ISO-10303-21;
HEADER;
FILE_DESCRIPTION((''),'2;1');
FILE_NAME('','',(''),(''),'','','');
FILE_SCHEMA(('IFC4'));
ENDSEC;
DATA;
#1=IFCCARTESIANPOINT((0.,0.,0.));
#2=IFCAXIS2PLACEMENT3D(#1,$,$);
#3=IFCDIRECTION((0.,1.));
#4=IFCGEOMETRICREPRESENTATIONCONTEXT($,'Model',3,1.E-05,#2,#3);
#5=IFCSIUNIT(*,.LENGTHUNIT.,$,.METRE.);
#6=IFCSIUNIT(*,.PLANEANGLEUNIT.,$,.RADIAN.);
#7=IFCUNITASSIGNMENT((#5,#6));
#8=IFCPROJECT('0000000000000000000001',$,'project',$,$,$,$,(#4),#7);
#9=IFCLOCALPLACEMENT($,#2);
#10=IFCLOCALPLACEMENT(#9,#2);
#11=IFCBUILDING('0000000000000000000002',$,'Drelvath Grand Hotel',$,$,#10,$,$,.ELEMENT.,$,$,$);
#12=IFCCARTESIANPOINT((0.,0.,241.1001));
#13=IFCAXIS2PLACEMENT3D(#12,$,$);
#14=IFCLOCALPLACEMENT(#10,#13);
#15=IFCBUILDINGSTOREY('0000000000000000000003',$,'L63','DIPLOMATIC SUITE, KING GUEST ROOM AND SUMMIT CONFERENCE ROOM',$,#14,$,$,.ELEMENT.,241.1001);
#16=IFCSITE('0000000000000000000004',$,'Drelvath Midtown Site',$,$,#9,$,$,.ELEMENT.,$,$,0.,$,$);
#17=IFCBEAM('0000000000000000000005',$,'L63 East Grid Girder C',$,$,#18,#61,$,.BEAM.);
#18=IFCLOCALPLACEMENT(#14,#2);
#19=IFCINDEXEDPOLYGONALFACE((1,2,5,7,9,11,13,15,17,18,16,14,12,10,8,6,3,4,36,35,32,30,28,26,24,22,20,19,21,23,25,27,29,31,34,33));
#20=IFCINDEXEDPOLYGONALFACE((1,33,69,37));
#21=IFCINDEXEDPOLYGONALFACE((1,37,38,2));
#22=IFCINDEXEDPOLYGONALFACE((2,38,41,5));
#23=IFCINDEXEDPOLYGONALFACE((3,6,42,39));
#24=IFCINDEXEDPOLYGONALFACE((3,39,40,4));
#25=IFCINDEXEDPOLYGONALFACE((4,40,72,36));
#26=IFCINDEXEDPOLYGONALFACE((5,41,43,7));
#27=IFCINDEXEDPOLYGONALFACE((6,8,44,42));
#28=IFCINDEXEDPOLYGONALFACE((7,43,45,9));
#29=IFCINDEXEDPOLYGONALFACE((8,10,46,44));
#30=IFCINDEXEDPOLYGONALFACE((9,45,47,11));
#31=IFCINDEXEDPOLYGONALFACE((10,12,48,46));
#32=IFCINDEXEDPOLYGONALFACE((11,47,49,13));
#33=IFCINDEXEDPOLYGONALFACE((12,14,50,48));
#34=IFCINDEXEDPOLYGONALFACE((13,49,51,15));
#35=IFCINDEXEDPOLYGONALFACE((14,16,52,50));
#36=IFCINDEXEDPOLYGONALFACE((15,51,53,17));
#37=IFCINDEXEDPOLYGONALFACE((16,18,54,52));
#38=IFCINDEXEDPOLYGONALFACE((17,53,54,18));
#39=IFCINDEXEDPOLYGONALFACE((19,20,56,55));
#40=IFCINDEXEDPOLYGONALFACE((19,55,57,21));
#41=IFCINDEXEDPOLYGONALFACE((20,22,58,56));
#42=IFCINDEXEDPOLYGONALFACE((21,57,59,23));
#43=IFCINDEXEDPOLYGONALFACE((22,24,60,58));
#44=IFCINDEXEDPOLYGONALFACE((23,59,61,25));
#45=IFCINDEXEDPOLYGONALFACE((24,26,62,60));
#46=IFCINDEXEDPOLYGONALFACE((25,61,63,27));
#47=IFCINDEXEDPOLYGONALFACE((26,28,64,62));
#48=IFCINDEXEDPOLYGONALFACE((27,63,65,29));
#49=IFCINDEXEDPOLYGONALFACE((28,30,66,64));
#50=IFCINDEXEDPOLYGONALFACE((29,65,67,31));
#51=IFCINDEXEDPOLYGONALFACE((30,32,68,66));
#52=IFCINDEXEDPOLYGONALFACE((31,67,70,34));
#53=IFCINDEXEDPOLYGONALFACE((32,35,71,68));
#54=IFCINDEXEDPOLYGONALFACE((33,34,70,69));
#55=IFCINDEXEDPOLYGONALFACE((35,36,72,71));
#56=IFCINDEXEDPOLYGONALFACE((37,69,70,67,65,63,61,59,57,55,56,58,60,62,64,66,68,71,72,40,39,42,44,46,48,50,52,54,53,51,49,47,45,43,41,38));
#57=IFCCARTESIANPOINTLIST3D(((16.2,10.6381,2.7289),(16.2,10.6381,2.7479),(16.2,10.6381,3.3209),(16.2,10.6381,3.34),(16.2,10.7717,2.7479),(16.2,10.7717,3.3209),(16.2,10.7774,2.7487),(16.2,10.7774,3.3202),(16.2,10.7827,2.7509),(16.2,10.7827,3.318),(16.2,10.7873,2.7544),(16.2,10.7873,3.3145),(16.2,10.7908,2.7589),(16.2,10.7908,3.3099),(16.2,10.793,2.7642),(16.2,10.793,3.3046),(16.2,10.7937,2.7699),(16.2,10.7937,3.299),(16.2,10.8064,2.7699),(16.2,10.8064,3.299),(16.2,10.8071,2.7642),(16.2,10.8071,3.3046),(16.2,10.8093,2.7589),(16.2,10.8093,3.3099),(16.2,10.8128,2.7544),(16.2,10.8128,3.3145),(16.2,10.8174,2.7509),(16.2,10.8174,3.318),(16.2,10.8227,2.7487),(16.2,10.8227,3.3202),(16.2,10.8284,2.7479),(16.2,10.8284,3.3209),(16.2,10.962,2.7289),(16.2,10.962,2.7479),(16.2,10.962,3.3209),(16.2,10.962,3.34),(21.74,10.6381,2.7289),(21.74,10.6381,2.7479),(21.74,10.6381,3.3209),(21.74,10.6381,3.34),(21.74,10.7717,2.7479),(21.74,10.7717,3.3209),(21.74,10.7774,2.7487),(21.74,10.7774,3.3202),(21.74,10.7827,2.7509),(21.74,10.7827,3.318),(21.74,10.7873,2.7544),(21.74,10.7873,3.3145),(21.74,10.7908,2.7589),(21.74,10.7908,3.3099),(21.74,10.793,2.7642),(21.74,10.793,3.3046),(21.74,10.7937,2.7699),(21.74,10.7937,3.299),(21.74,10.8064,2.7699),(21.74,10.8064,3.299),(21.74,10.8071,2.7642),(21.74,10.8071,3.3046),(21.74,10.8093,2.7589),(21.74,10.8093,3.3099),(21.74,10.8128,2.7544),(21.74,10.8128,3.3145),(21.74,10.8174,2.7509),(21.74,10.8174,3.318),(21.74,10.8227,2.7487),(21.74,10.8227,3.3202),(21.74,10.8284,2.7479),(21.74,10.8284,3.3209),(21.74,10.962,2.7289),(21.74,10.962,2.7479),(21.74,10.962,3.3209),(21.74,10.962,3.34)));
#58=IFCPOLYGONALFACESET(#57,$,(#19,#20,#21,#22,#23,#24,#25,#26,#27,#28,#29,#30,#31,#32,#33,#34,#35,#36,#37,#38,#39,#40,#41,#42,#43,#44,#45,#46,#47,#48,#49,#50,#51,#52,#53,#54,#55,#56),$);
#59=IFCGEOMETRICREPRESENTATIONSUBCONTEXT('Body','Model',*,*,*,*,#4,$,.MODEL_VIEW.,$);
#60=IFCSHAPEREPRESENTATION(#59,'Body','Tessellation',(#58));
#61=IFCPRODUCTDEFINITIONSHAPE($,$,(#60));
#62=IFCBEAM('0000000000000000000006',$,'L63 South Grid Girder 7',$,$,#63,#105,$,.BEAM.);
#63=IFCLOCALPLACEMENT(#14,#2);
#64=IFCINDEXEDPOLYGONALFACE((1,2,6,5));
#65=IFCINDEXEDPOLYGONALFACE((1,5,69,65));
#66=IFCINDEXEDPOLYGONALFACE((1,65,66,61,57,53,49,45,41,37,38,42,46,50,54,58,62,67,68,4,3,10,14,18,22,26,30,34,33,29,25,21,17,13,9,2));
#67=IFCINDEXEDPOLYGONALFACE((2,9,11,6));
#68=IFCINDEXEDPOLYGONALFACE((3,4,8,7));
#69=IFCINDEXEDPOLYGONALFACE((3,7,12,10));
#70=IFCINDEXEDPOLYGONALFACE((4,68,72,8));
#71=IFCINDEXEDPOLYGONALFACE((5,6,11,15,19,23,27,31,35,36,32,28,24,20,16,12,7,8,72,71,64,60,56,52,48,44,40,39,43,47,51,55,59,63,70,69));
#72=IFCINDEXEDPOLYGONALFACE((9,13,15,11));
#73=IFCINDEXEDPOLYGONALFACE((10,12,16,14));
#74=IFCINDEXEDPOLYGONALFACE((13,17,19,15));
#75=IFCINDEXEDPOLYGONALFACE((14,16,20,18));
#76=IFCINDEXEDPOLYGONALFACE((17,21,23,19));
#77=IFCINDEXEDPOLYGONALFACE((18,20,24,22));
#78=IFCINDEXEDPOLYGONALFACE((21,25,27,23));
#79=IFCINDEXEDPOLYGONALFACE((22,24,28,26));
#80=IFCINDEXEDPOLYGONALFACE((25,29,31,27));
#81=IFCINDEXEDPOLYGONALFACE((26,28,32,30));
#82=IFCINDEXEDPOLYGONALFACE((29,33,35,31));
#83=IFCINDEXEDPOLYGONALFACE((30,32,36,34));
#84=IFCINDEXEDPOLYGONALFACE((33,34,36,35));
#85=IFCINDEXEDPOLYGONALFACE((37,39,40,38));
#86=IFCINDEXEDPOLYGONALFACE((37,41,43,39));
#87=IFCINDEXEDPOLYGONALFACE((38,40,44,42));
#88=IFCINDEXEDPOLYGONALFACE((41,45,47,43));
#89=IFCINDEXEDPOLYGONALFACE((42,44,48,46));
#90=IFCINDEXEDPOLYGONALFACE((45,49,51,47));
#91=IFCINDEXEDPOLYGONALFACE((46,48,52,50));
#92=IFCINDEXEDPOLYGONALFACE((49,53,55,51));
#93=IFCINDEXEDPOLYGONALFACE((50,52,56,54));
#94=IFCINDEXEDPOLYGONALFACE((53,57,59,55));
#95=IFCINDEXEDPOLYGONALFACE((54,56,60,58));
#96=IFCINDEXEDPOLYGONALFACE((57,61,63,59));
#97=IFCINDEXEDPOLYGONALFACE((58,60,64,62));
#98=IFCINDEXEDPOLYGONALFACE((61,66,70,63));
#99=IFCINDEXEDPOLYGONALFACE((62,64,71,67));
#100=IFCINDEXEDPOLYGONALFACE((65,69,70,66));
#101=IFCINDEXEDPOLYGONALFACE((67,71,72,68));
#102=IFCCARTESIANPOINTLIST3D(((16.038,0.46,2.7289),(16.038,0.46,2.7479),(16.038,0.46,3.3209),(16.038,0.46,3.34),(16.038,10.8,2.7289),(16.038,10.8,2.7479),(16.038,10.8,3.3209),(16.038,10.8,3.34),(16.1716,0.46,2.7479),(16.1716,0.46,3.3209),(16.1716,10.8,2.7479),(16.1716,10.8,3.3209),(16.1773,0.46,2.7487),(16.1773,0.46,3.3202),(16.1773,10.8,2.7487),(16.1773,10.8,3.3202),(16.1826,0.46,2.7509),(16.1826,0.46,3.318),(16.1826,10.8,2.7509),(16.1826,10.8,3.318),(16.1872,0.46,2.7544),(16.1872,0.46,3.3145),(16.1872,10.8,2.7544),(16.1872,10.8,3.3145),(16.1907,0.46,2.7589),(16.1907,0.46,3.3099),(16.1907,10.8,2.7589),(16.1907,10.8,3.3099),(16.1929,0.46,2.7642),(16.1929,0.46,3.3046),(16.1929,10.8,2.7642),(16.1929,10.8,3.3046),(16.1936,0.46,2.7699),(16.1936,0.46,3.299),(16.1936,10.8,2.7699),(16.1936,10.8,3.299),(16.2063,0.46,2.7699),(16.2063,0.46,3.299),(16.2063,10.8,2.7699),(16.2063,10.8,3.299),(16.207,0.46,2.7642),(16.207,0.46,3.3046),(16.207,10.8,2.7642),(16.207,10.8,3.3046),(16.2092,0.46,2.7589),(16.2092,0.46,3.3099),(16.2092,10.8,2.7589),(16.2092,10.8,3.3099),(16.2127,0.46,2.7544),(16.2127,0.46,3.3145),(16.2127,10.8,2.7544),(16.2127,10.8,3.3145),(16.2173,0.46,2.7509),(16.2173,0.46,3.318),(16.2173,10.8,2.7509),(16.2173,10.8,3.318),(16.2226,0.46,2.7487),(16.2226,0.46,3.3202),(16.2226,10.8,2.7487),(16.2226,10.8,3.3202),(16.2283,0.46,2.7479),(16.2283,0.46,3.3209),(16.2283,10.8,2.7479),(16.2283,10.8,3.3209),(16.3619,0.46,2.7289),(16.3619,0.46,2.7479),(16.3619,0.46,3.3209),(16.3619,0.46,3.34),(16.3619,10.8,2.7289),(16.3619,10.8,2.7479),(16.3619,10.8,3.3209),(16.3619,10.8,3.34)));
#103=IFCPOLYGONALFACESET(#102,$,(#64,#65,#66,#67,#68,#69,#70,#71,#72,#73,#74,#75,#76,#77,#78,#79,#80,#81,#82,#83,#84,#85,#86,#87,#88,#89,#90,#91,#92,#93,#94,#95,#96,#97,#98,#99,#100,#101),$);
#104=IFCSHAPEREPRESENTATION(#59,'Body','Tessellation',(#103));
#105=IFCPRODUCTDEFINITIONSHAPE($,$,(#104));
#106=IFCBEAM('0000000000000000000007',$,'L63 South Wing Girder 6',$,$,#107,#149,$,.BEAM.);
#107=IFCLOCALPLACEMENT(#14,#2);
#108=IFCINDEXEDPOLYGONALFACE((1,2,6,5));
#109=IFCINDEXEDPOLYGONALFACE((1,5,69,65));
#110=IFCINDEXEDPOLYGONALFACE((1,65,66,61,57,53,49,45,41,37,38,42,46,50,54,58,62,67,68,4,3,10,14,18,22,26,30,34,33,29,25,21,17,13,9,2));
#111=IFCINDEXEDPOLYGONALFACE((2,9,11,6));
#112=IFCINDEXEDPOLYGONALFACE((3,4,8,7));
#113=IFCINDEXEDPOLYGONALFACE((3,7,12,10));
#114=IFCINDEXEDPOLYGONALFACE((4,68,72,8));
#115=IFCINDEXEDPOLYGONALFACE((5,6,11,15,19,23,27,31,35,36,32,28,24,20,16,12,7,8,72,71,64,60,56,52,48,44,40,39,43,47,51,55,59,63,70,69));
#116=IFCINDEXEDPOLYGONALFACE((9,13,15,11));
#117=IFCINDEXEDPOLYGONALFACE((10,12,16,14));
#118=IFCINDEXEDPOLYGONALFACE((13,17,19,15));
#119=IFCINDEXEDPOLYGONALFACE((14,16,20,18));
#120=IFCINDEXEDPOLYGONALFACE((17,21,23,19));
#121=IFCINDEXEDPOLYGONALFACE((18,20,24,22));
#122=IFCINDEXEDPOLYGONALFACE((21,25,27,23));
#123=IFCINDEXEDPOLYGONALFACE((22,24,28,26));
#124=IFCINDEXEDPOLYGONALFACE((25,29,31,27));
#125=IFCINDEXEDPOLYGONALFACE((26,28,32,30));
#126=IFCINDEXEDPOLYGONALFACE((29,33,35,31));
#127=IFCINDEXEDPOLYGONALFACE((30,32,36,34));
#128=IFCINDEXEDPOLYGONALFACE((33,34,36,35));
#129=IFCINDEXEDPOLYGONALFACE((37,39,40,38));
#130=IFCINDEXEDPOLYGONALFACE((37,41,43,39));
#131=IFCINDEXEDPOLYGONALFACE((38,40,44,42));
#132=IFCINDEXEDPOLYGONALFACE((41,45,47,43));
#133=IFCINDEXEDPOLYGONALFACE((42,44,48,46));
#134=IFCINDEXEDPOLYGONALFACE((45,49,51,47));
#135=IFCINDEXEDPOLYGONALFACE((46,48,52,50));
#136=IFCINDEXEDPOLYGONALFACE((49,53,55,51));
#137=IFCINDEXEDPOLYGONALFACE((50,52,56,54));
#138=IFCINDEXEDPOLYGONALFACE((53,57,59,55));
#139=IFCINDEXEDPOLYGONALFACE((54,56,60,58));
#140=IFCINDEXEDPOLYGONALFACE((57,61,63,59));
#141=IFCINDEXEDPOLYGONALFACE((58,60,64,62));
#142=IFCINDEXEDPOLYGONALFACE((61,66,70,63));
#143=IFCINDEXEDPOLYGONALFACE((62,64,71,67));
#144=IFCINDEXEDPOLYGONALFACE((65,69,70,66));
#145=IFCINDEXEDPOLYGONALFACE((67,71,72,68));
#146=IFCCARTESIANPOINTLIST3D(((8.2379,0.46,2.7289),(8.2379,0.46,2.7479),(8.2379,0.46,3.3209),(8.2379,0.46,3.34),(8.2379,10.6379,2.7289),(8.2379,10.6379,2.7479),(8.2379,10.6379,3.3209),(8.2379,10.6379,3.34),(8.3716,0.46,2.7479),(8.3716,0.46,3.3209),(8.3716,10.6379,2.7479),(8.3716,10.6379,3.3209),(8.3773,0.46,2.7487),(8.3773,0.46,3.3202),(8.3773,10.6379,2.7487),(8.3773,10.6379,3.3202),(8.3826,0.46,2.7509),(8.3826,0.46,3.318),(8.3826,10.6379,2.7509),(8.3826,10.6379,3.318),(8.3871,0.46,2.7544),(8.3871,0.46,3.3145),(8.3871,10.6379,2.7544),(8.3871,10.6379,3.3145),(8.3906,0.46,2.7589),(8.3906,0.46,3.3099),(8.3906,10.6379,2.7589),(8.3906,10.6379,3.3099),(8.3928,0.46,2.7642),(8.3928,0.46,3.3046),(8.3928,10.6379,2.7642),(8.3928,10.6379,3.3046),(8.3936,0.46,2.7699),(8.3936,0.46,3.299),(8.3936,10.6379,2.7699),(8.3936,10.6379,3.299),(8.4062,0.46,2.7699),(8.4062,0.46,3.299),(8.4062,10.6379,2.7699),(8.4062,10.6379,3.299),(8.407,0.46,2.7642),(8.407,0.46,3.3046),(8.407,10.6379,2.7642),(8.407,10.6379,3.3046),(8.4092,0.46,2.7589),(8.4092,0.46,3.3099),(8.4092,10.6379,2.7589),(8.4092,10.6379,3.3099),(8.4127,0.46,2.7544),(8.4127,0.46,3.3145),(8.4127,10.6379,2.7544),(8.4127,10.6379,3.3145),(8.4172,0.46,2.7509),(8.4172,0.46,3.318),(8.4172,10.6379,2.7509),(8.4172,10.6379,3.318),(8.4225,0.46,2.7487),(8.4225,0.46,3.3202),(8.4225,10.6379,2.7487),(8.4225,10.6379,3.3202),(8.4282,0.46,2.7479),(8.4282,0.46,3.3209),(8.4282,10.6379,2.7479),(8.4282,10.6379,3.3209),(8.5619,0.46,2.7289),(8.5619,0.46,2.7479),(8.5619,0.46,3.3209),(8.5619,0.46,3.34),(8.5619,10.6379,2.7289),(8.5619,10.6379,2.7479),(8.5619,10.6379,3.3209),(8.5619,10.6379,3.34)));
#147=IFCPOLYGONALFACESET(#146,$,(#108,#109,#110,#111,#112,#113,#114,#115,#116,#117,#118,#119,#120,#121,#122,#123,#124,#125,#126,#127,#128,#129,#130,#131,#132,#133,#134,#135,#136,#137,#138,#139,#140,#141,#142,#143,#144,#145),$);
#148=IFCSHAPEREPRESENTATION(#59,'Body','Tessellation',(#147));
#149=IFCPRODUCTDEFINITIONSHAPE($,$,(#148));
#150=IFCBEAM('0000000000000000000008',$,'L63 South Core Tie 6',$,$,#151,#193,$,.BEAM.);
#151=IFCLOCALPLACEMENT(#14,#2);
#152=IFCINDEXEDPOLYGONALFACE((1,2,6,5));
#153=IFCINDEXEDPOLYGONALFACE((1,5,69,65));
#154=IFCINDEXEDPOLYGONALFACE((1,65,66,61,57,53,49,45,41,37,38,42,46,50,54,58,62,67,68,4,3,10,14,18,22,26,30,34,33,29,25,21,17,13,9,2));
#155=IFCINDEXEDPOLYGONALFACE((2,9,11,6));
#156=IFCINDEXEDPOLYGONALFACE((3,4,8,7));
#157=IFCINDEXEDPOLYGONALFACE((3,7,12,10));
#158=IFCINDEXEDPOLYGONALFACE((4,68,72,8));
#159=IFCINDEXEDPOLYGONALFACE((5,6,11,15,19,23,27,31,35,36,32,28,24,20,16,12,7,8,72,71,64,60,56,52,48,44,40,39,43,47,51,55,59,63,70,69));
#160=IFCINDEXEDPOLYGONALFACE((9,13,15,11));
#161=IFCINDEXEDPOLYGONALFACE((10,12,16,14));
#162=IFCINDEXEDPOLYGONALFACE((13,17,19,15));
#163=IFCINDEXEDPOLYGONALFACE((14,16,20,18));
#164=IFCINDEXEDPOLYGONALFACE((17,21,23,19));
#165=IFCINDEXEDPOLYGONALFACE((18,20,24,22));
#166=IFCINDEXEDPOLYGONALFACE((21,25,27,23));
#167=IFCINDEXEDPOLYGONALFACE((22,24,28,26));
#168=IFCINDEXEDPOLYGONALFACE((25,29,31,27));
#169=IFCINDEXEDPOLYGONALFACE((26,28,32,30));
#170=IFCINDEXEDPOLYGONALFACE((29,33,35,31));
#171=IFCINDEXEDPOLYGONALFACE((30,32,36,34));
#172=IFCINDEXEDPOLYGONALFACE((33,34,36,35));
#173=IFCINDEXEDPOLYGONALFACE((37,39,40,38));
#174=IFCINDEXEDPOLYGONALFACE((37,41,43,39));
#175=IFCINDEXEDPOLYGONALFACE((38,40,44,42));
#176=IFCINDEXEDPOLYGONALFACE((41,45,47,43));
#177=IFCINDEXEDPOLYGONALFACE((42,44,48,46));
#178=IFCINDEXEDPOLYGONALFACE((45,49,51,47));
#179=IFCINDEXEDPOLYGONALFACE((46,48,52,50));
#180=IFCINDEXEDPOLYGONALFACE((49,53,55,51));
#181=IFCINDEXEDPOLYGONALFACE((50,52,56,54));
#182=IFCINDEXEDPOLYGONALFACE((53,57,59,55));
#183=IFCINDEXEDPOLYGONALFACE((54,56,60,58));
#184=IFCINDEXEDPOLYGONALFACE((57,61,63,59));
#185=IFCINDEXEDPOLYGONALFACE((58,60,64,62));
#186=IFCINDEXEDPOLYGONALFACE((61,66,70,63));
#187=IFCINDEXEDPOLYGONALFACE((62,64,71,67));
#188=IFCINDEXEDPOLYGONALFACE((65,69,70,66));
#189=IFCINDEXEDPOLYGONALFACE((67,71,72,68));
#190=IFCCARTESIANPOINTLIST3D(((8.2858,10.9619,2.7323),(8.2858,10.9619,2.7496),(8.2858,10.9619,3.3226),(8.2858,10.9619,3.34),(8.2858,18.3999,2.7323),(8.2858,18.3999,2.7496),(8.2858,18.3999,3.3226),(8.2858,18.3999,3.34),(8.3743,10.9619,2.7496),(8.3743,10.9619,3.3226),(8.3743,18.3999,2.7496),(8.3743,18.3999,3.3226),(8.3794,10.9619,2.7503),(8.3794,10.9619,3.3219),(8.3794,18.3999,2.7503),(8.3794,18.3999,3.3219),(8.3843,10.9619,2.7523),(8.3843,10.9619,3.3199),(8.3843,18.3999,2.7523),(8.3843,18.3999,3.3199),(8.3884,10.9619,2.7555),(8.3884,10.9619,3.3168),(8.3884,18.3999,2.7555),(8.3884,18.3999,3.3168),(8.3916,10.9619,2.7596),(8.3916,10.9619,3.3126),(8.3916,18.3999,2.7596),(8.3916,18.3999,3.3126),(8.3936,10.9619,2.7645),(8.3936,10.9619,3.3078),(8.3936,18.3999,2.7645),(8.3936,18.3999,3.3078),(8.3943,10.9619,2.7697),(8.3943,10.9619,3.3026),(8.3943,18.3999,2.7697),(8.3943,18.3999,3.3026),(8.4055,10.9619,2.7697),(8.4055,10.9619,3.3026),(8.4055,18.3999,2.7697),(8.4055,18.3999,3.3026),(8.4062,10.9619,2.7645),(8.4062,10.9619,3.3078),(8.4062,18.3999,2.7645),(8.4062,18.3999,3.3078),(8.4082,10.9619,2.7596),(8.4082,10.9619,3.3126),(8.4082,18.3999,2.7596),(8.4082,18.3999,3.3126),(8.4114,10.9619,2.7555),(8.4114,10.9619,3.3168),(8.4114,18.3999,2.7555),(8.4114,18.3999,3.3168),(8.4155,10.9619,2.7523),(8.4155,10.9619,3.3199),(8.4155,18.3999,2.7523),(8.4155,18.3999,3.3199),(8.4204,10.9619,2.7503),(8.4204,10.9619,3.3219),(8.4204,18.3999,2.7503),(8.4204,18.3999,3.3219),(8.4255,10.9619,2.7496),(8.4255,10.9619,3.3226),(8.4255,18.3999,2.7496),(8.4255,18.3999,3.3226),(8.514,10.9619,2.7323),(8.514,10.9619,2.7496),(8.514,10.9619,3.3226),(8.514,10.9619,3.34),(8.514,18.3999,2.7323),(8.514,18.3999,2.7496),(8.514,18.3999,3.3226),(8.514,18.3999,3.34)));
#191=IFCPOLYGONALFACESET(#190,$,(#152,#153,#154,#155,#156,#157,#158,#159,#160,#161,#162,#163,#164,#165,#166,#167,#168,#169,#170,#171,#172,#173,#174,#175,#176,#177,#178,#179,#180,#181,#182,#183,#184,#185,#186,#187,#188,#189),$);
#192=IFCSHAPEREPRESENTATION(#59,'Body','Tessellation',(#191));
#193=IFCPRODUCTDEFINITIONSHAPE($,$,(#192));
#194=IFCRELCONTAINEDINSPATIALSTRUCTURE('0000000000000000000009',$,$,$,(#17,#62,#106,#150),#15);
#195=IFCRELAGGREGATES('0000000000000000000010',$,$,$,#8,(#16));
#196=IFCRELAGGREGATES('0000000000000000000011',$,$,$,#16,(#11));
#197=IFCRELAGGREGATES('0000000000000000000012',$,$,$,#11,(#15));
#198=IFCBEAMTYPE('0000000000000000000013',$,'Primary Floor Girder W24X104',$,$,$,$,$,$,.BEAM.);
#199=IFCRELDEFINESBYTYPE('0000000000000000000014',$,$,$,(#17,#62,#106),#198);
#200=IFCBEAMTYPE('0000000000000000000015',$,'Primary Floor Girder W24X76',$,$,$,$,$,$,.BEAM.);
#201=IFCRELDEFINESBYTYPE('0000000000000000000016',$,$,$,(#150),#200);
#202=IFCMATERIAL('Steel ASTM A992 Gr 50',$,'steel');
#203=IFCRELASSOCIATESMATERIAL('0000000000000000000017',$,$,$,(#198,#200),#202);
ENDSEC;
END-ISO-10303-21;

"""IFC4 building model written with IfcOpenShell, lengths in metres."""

from ifc_helpers import new_model, si_unit, direction, frame, origin, origin_2d, place, context, subcontext, project, spatial, i_section, extrude, material, material_profile, profile_set, type_object, element, save


model = new_model("IFC4")

# Units and contexts
model_context = context("Model", 3, precision=1e-05, world=origin(), true_north=direction((0.0, 1.0)))
body_context = subcontext(model_context, "Body", "Model", "MODEL_VIEW")
ifc_project = project(units=[si_unit("LENGTHUNIT", "METRE"), si_unit("PLANEANGLEUNIT", "RADIAN")], contexts=[model_context])

# Site, building, storey
site_placement = place(None, origin())
site = spatial("IfcSite", under=ifc_project, at=site_placement, Name="Drelvath Midtown Site", CompositionType="ELEMENT", RefElevation=0.0)
building_placement = place(site_placement, origin())
building = spatial("IfcBuilding", under=site, at=building_placement, Name="Drelvath Grand Hotel", CompositionType="ELEMENT")
storey_placement = place(building_placement, frame((0.0, 0.0, 241.1001)))
storey = spatial("IfcBuildingStorey", under=building, at=storey_placement, Name="L63", Description="DIPLOMATIC SUITE, KING GUEST ROOM AND SUMMIT CONFERENCE ROOM", CompositionType="ELEMENT", Elevation=241.1001)

# Shared definitions
ifc_material_1 = material(Name="Steel ASTM A992 Gr 50", Category="steel")

# Beams
ifc_material_profile_1 = material_profile(ifc_material_1, i_section(OverallWidth=0.324, OverallDepth=0.6111, WebThickness=0.0127, FlangeThickness=0.019, FilletRadius=0.022, at=origin_2d()), Name="W24X104")
ifc_profile_set_1 = profile_set([ifc_material_profile_1], Name="Steel ASTM A992 Gr 50")
beam_type_1 = type_object("IfcBeamType", Name="Primary Floor Girder W24X104", PredefinedType="BEAM", material=ifc_profile_set_1)
beam_1_placement = place(storey_placement, frame((16.2, 10.8, 3.0344), z_axis=(1.0, 0.0, 0.0), x_axis=(0.0, 1.0, 0.0)))
element("IfcBeam", 1, at=beam_1_placement, inside=storey, type_object=beam_type_1, Name="L63 East Grid Girder C", PredefinedType="BEAM", context=body_context, shape_type="SweptSolid", body=[
    extrude(i_section(OverallWidth=0.324, OverallDepth=0.6111, WebThickness=0.0127, FlangeThickness=0.019, FilletRadius=0.022, at=origin_2d()), origin(), (0.0, 0.0, 1.0), 5.54),
])
beam_2_placement = place(storey_placement, frame((16.2, 0.46, 3.0344), z_axis=(0.0, 1.0, 0.0), x_axis=(-1.0, 0.0, 0.0)))
element("IfcBeam", 2, at=beam_2_placement, inside=storey, type_object=beam_type_1, Name="L63 South Grid Girder 7", PredefinedType="BEAM", context=body_context, shape_type="SweptSolid", body=[
    extrude(i_section(OverallWidth=0.324, OverallDepth=0.6111, WebThickness=0.0127, FlangeThickness=0.019, FilletRadius=0.022, at=origin_2d()), origin(), (0.0, 0.0, 1.0), 10.3401),
])
beam_3_placement = place(storey_placement, frame((8.3999, 0.46, 3.0344), z_axis=(0.0, 1.0, 0.0), x_axis=(-1.0, 0.0, 0.0)))
element("IfcBeam", 3, at=beam_3_placement, inside=storey, type_object=beam_type_1, Name="L63 South Wing Girder 6", PredefinedType="BEAM", context=body_context, shape_type="SweptSolid", body=[
    extrude(i_section(OverallWidth=0.324, OverallDepth=0.6111, WebThickness=0.0127, FlangeThickness=0.019, FilletRadius=0.022, at=origin_2d()), origin(), (0.0, 0.0, 1.0), 10.178),
])
ifc_material_profile_2 = material_profile(ifc_material_1, i_section(OverallWidth=0.2283, OverallDepth=0.6077, WebThickness=0.0112, FlangeThickness=0.0173, FilletRadius=0.02, at=origin_2d()), Name="W24X76")
ifc_profile_set_2 = profile_set([ifc_material_profile_2], Name="Steel ASTM A992 Gr 50")
beam_type_2 = type_object("IfcBeamType", Name="Primary Floor Girder W24X76", PredefinedType="BEAM", material=ifc_profile_set_2)
beam_4_placement = place(storey_placement, frame((8.3999, 10.9619, 3.0361), z_axis=(0.0, 1.0, 0.0), x_axis=(-1.0, 0.0, 0.0)))
element("IfcBeam", 4, at=beam_4_placement, inside=storey, type_object=beam_type_2, Name="L63 South Core Tie 6", PredefinedType="BEAM", context=body_context, shape_type="SweptSolid", body=[
    extrude(i_section(OverallWidth=0.2283, OverallDepth=0.6077, WebThickness=0.0112, FlangeThickness=0.0173, FilletRadius=0.02, at=origin_2d()), origin(), (0.0, 0.0, 1.0), 7.438),
])

save(model, "model.ifc")
